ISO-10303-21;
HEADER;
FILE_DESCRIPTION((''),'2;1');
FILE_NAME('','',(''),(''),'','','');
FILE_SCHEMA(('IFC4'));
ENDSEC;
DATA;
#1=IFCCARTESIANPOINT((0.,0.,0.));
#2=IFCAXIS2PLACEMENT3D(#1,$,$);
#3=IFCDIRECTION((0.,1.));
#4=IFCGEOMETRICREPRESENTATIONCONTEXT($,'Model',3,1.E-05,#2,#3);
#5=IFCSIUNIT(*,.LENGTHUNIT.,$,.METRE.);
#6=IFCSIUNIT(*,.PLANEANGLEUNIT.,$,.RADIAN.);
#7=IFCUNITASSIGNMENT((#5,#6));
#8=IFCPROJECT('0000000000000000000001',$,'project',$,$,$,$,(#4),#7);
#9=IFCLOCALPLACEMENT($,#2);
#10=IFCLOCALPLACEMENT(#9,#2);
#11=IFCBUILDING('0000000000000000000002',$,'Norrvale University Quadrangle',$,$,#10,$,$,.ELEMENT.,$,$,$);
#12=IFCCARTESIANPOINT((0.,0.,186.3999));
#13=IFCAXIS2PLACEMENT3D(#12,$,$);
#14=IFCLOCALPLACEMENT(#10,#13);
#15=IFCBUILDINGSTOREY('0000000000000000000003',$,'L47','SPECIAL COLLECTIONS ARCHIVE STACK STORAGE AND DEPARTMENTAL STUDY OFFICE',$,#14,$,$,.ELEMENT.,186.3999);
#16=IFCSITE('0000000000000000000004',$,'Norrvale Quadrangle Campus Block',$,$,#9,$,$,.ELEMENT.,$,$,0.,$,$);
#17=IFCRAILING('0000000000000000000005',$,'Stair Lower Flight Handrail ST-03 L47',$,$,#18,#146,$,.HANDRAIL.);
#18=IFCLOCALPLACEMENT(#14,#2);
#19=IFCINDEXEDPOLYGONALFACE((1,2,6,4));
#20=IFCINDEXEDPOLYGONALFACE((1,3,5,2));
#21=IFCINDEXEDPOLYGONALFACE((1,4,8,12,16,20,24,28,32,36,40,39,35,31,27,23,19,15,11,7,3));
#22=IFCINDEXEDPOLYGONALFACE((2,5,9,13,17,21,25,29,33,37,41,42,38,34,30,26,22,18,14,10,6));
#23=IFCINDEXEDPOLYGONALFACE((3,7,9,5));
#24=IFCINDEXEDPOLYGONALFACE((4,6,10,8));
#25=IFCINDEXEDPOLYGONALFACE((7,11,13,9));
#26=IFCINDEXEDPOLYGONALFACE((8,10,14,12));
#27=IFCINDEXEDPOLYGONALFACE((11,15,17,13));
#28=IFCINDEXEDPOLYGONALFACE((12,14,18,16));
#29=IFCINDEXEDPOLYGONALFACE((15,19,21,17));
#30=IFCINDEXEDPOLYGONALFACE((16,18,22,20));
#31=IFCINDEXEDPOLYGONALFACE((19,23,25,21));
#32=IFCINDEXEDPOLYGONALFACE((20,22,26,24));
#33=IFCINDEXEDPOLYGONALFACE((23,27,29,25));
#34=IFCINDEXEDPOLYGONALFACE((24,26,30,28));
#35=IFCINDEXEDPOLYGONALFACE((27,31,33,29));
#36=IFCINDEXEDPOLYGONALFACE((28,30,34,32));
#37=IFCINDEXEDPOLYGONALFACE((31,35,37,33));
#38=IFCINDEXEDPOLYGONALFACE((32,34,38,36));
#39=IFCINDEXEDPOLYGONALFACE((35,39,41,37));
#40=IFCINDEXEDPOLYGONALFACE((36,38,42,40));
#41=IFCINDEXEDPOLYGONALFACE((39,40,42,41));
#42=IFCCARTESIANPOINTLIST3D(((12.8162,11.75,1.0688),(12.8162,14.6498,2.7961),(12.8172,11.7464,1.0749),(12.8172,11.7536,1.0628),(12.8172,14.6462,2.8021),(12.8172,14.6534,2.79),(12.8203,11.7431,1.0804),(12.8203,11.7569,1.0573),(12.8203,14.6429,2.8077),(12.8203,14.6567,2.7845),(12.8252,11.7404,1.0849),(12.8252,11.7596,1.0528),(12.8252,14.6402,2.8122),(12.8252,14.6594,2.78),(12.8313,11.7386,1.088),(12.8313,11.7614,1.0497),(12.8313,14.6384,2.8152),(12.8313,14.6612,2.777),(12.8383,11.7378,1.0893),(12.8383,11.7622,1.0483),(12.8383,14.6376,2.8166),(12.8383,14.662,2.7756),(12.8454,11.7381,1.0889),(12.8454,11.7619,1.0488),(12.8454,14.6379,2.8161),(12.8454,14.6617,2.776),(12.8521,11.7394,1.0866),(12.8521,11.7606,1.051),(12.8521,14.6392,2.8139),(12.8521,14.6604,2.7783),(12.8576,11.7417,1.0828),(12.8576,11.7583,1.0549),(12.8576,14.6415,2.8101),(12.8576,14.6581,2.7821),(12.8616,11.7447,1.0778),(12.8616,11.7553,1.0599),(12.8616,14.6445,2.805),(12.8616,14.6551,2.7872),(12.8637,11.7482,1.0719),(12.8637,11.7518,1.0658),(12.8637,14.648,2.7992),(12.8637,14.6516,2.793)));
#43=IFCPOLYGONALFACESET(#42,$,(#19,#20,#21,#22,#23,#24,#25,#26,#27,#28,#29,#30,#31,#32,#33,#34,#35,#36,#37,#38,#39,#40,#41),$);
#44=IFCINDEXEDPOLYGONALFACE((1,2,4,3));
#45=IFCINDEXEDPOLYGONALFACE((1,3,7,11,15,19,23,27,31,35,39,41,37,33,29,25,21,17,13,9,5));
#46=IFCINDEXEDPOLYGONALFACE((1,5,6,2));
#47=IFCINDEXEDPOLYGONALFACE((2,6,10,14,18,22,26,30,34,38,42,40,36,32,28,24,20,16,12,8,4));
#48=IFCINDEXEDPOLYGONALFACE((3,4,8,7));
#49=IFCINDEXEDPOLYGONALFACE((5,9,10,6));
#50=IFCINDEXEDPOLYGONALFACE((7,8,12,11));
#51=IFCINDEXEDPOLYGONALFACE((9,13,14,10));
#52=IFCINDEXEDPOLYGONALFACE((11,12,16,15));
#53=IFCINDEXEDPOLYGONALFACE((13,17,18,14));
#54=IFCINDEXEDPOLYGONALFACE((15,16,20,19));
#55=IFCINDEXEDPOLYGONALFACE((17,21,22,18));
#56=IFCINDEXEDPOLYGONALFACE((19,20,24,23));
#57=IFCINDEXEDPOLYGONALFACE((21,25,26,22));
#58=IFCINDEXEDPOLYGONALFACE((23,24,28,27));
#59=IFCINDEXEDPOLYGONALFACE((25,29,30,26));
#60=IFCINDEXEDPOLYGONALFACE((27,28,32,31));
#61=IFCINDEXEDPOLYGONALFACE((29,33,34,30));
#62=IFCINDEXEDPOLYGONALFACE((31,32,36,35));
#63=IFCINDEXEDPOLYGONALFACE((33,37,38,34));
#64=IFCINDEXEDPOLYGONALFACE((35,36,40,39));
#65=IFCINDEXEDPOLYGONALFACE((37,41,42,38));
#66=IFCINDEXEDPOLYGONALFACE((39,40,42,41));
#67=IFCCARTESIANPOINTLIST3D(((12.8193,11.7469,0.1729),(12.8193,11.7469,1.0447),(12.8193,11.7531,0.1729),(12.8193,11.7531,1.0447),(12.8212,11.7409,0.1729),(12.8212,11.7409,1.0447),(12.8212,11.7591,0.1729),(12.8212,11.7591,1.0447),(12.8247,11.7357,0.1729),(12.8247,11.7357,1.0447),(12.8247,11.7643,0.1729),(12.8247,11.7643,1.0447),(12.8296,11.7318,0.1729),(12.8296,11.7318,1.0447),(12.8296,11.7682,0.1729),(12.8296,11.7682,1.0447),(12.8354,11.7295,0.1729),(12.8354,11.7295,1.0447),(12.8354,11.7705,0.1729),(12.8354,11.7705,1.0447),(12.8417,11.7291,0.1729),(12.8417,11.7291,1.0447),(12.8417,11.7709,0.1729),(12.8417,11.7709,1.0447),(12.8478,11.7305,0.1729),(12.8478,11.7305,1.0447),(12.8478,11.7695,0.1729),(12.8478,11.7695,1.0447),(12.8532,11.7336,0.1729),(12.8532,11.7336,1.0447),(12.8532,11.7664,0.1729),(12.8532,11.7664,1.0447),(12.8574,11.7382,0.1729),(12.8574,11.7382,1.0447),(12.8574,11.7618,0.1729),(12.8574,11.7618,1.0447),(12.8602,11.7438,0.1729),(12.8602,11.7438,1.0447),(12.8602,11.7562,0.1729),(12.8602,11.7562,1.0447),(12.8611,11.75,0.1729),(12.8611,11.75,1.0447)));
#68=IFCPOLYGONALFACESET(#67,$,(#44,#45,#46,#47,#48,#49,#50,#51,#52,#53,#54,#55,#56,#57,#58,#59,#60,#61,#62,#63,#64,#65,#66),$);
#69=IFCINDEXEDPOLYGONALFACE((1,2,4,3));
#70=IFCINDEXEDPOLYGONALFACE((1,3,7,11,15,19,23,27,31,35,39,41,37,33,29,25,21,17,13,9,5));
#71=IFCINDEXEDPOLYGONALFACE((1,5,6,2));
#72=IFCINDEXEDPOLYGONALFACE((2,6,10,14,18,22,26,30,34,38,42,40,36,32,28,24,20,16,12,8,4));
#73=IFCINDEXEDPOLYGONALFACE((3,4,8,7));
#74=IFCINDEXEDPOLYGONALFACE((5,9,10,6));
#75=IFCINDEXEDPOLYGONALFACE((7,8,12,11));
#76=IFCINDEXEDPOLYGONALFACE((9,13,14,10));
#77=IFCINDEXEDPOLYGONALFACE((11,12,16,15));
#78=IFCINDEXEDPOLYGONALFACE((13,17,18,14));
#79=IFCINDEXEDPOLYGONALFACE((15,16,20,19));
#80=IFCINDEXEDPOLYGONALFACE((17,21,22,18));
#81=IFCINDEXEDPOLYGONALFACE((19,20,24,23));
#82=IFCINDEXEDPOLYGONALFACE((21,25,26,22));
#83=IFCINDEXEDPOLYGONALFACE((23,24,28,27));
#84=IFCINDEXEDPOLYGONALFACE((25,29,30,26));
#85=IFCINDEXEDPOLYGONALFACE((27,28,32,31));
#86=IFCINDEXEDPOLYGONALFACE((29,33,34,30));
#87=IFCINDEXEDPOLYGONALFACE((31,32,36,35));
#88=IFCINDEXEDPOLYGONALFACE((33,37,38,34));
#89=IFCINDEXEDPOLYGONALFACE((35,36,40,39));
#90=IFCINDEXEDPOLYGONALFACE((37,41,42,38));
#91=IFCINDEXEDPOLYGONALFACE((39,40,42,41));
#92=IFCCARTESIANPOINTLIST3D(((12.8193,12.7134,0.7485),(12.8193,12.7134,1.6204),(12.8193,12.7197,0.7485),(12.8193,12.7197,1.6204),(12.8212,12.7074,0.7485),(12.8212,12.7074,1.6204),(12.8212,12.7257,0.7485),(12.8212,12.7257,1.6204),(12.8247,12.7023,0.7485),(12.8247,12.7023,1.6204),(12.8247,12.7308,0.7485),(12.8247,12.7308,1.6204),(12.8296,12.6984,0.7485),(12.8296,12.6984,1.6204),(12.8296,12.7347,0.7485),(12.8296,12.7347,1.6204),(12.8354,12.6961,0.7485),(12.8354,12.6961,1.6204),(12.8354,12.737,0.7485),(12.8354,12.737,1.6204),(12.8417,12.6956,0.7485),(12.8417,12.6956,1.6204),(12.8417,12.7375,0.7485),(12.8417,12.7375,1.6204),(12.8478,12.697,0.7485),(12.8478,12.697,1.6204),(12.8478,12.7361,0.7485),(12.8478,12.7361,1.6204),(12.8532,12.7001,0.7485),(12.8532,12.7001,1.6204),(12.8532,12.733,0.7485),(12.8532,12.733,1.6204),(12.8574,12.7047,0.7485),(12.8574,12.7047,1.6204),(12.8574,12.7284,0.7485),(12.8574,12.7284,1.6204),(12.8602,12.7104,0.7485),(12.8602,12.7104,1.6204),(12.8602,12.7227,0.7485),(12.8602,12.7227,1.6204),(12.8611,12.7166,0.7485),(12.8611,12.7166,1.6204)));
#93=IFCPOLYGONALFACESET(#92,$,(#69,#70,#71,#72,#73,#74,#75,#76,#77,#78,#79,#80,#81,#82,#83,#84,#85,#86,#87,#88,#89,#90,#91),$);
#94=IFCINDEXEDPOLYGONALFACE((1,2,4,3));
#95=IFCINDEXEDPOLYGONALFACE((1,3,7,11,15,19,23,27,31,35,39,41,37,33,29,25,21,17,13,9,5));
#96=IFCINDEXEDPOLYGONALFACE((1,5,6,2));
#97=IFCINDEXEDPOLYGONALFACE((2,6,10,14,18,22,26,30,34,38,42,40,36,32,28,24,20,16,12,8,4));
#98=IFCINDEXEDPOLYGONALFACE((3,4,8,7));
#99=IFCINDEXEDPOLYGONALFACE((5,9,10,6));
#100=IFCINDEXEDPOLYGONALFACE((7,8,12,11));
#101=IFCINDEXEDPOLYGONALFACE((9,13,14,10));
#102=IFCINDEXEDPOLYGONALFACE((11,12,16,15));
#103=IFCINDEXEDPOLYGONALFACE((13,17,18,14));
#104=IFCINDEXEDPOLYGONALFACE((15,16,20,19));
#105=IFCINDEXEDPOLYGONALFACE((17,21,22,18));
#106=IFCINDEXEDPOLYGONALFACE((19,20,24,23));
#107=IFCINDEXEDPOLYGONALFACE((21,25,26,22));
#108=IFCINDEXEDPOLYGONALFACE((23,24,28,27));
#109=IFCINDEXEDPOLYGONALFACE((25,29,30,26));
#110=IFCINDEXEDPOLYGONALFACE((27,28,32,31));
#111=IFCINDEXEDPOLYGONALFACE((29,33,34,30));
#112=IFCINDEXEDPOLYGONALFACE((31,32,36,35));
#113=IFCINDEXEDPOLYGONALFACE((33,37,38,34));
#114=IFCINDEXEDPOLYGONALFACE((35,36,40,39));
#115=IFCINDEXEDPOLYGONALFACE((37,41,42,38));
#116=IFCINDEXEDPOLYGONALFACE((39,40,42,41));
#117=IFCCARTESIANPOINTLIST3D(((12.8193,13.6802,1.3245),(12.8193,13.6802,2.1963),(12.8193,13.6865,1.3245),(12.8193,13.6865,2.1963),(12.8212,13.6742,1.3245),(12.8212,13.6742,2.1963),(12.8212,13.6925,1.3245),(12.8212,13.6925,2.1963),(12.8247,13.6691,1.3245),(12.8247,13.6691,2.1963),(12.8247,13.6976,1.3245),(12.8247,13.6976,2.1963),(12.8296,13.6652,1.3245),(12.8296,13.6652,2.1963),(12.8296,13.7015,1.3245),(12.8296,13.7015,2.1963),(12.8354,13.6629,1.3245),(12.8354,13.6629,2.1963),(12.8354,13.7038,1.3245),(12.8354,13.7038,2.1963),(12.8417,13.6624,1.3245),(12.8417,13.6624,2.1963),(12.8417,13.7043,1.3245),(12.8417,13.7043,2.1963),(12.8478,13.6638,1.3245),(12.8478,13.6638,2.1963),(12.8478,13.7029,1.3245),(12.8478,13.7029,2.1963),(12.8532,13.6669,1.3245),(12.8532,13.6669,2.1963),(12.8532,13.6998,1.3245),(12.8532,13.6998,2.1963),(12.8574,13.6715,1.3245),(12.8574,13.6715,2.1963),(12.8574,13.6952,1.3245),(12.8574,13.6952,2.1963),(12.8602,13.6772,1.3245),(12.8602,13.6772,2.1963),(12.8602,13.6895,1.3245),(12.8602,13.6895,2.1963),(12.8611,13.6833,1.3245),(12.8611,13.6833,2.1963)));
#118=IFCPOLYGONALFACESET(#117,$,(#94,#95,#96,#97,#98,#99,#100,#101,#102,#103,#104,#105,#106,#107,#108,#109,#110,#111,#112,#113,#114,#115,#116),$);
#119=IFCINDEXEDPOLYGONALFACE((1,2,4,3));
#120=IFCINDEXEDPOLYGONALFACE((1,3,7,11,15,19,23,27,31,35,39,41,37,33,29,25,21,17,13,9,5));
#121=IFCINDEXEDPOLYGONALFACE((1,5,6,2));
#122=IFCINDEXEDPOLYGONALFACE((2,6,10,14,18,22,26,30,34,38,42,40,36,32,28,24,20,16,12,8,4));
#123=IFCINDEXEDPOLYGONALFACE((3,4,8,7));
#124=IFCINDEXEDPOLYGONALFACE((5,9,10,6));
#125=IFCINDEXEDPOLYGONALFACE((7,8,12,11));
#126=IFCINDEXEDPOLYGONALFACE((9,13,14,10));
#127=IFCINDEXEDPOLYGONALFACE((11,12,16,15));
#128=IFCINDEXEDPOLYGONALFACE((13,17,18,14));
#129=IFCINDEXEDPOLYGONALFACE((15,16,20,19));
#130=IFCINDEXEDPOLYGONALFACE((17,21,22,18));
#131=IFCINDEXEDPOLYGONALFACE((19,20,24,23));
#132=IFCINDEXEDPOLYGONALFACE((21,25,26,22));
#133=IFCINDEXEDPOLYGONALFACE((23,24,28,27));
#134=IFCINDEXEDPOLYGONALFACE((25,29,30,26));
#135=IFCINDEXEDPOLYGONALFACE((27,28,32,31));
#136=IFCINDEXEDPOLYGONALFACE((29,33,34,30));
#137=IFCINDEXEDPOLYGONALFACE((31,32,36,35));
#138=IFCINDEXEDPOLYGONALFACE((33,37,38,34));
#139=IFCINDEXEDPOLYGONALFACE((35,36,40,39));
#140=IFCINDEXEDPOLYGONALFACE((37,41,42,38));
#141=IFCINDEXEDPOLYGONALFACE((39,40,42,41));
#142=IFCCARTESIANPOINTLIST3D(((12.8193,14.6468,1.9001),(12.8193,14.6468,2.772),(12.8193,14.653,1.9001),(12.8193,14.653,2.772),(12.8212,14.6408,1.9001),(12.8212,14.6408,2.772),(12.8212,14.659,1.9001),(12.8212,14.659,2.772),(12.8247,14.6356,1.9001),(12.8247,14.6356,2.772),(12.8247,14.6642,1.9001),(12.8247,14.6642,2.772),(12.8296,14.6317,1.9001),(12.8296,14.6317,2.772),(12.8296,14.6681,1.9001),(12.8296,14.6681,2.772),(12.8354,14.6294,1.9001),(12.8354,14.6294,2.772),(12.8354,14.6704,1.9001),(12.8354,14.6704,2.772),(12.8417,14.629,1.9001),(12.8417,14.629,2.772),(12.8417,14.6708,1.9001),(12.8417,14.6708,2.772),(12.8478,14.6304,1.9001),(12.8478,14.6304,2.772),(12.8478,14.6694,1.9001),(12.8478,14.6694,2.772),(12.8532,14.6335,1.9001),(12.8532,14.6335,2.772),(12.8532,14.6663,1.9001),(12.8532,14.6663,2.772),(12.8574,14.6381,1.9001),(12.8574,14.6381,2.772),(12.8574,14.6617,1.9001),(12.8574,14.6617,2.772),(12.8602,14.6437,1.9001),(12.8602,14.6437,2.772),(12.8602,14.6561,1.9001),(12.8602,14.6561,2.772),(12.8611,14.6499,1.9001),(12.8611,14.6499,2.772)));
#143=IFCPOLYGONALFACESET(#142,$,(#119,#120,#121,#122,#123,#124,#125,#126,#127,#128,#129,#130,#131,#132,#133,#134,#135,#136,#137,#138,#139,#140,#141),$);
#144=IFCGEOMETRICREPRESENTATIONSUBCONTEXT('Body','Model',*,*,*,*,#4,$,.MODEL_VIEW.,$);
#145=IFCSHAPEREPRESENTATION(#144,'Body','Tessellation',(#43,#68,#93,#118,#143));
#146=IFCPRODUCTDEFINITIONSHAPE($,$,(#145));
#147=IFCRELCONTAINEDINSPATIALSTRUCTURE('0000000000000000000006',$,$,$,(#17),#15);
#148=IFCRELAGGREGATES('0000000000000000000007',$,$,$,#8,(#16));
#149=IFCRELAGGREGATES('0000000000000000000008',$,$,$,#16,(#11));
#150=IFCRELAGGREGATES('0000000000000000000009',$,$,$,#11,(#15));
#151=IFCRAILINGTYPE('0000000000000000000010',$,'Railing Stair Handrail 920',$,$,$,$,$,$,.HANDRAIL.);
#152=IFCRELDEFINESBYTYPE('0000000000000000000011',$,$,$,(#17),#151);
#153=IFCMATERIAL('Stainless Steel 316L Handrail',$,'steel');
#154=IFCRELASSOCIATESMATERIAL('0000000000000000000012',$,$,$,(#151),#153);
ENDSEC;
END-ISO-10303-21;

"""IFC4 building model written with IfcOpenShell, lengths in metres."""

from ifc_helpers import new_model, si_unit, direction, frame, origin, origin_2d, place, context, subcontext, project, spatial, circle, extrude, material, type_object, element, save


model = new_model("IFC4")

# Units and contexts
model_context = context("Model", 3, precision=1e-05, world=origin(), true_north=direction((0.0, 1.0)))
body_context = subcontext(model_context, "Body", "Model", "MODEL_VIEW")
ifc_project = project(units=[si_unit("LENGTHUNIT", "METRE"), si_unit("PLANEANGLEUNIT", "RADIAN")], contexts=[model_context])

# Site, building, storey
site_placement = place(None, origin())
site = spatial("IfcSite", under=ifc_project, at=site_placement, Name="Norrvale Quadrangle Campus Block", CompositionType="ELEMENT", RefElevation=0.0)
building_placement = place(site_placement, origin())
building = spatial("IfcBuilding", under=site, at=building_placement, Name="Norrvale University Quadrangle", CompositionType="ELEMENT")
storey_placement = place(building_placement, frame((0.0, 0.0, 186.3999)))
storey = spatial("IfcBuildingStorey", under=building, at=storey_placement, Name="L47", Description="SPECIAL COLLECTIONS ARCHIVE STACK STORAGE AND DEPARTMENTAL STUDY OFFICE", CompositionType="ELEMENT", Elevation=186.3999)

# Railing
ifc_material_1 = material(Name="Stainless Steel 316L Handrail", Category="steel")
railing_type_1 = type_object("IfcRailingType", Name="Railing Stair Handrail 920", PredefinedType="HANDRAIL", material=ifc_material_1)
railing_1_placement = place(storey_placement, frame((12.8401, 11.75, 0.1729)))
element("IfcRailing", 1, at=railing_1_placement, inside=storey, type_object=railing_type_1, Name="Stair Lower Flight Handrail ST-03 L47", PredefinedType="HANDRAIL", context=body_context, shape_type="SweptSolid", body=[
    extrude(circle(Radius=0.0239, at=origin_2d()), frame((0.0, 0.0, 0.896), z_axis=(0.0, 0.859141, 0.511738), x_axis=(-1.0, 0.0, 0.0)), (0.0, 0.0, 1.0), 3.3752),
    extrude(circle(Radius=0.021, at=origin_2d()), origin(), (0.0, 0.0, 1.0), 0.8718),
    extrude(circle(Radius=0.021, at=origin_2d()), frame((0.0, 0.9666, 0.5757)), (0.0, 0.0, 1.0), 0.8718),
    extrude(circle(Radius=0.021, at=origin_2d()), frame((0.0, 1.9333, 1.1516)), (0.0, 0.0, 1.0), 0.8718),
    extrude(circle(Radius=0.021, at=origin_2d()), frame((0.0, 2.8999, 1.7273)), (0.0, 0.0, 1.0), 0.8718),
])

save(model, "model.ifc")
